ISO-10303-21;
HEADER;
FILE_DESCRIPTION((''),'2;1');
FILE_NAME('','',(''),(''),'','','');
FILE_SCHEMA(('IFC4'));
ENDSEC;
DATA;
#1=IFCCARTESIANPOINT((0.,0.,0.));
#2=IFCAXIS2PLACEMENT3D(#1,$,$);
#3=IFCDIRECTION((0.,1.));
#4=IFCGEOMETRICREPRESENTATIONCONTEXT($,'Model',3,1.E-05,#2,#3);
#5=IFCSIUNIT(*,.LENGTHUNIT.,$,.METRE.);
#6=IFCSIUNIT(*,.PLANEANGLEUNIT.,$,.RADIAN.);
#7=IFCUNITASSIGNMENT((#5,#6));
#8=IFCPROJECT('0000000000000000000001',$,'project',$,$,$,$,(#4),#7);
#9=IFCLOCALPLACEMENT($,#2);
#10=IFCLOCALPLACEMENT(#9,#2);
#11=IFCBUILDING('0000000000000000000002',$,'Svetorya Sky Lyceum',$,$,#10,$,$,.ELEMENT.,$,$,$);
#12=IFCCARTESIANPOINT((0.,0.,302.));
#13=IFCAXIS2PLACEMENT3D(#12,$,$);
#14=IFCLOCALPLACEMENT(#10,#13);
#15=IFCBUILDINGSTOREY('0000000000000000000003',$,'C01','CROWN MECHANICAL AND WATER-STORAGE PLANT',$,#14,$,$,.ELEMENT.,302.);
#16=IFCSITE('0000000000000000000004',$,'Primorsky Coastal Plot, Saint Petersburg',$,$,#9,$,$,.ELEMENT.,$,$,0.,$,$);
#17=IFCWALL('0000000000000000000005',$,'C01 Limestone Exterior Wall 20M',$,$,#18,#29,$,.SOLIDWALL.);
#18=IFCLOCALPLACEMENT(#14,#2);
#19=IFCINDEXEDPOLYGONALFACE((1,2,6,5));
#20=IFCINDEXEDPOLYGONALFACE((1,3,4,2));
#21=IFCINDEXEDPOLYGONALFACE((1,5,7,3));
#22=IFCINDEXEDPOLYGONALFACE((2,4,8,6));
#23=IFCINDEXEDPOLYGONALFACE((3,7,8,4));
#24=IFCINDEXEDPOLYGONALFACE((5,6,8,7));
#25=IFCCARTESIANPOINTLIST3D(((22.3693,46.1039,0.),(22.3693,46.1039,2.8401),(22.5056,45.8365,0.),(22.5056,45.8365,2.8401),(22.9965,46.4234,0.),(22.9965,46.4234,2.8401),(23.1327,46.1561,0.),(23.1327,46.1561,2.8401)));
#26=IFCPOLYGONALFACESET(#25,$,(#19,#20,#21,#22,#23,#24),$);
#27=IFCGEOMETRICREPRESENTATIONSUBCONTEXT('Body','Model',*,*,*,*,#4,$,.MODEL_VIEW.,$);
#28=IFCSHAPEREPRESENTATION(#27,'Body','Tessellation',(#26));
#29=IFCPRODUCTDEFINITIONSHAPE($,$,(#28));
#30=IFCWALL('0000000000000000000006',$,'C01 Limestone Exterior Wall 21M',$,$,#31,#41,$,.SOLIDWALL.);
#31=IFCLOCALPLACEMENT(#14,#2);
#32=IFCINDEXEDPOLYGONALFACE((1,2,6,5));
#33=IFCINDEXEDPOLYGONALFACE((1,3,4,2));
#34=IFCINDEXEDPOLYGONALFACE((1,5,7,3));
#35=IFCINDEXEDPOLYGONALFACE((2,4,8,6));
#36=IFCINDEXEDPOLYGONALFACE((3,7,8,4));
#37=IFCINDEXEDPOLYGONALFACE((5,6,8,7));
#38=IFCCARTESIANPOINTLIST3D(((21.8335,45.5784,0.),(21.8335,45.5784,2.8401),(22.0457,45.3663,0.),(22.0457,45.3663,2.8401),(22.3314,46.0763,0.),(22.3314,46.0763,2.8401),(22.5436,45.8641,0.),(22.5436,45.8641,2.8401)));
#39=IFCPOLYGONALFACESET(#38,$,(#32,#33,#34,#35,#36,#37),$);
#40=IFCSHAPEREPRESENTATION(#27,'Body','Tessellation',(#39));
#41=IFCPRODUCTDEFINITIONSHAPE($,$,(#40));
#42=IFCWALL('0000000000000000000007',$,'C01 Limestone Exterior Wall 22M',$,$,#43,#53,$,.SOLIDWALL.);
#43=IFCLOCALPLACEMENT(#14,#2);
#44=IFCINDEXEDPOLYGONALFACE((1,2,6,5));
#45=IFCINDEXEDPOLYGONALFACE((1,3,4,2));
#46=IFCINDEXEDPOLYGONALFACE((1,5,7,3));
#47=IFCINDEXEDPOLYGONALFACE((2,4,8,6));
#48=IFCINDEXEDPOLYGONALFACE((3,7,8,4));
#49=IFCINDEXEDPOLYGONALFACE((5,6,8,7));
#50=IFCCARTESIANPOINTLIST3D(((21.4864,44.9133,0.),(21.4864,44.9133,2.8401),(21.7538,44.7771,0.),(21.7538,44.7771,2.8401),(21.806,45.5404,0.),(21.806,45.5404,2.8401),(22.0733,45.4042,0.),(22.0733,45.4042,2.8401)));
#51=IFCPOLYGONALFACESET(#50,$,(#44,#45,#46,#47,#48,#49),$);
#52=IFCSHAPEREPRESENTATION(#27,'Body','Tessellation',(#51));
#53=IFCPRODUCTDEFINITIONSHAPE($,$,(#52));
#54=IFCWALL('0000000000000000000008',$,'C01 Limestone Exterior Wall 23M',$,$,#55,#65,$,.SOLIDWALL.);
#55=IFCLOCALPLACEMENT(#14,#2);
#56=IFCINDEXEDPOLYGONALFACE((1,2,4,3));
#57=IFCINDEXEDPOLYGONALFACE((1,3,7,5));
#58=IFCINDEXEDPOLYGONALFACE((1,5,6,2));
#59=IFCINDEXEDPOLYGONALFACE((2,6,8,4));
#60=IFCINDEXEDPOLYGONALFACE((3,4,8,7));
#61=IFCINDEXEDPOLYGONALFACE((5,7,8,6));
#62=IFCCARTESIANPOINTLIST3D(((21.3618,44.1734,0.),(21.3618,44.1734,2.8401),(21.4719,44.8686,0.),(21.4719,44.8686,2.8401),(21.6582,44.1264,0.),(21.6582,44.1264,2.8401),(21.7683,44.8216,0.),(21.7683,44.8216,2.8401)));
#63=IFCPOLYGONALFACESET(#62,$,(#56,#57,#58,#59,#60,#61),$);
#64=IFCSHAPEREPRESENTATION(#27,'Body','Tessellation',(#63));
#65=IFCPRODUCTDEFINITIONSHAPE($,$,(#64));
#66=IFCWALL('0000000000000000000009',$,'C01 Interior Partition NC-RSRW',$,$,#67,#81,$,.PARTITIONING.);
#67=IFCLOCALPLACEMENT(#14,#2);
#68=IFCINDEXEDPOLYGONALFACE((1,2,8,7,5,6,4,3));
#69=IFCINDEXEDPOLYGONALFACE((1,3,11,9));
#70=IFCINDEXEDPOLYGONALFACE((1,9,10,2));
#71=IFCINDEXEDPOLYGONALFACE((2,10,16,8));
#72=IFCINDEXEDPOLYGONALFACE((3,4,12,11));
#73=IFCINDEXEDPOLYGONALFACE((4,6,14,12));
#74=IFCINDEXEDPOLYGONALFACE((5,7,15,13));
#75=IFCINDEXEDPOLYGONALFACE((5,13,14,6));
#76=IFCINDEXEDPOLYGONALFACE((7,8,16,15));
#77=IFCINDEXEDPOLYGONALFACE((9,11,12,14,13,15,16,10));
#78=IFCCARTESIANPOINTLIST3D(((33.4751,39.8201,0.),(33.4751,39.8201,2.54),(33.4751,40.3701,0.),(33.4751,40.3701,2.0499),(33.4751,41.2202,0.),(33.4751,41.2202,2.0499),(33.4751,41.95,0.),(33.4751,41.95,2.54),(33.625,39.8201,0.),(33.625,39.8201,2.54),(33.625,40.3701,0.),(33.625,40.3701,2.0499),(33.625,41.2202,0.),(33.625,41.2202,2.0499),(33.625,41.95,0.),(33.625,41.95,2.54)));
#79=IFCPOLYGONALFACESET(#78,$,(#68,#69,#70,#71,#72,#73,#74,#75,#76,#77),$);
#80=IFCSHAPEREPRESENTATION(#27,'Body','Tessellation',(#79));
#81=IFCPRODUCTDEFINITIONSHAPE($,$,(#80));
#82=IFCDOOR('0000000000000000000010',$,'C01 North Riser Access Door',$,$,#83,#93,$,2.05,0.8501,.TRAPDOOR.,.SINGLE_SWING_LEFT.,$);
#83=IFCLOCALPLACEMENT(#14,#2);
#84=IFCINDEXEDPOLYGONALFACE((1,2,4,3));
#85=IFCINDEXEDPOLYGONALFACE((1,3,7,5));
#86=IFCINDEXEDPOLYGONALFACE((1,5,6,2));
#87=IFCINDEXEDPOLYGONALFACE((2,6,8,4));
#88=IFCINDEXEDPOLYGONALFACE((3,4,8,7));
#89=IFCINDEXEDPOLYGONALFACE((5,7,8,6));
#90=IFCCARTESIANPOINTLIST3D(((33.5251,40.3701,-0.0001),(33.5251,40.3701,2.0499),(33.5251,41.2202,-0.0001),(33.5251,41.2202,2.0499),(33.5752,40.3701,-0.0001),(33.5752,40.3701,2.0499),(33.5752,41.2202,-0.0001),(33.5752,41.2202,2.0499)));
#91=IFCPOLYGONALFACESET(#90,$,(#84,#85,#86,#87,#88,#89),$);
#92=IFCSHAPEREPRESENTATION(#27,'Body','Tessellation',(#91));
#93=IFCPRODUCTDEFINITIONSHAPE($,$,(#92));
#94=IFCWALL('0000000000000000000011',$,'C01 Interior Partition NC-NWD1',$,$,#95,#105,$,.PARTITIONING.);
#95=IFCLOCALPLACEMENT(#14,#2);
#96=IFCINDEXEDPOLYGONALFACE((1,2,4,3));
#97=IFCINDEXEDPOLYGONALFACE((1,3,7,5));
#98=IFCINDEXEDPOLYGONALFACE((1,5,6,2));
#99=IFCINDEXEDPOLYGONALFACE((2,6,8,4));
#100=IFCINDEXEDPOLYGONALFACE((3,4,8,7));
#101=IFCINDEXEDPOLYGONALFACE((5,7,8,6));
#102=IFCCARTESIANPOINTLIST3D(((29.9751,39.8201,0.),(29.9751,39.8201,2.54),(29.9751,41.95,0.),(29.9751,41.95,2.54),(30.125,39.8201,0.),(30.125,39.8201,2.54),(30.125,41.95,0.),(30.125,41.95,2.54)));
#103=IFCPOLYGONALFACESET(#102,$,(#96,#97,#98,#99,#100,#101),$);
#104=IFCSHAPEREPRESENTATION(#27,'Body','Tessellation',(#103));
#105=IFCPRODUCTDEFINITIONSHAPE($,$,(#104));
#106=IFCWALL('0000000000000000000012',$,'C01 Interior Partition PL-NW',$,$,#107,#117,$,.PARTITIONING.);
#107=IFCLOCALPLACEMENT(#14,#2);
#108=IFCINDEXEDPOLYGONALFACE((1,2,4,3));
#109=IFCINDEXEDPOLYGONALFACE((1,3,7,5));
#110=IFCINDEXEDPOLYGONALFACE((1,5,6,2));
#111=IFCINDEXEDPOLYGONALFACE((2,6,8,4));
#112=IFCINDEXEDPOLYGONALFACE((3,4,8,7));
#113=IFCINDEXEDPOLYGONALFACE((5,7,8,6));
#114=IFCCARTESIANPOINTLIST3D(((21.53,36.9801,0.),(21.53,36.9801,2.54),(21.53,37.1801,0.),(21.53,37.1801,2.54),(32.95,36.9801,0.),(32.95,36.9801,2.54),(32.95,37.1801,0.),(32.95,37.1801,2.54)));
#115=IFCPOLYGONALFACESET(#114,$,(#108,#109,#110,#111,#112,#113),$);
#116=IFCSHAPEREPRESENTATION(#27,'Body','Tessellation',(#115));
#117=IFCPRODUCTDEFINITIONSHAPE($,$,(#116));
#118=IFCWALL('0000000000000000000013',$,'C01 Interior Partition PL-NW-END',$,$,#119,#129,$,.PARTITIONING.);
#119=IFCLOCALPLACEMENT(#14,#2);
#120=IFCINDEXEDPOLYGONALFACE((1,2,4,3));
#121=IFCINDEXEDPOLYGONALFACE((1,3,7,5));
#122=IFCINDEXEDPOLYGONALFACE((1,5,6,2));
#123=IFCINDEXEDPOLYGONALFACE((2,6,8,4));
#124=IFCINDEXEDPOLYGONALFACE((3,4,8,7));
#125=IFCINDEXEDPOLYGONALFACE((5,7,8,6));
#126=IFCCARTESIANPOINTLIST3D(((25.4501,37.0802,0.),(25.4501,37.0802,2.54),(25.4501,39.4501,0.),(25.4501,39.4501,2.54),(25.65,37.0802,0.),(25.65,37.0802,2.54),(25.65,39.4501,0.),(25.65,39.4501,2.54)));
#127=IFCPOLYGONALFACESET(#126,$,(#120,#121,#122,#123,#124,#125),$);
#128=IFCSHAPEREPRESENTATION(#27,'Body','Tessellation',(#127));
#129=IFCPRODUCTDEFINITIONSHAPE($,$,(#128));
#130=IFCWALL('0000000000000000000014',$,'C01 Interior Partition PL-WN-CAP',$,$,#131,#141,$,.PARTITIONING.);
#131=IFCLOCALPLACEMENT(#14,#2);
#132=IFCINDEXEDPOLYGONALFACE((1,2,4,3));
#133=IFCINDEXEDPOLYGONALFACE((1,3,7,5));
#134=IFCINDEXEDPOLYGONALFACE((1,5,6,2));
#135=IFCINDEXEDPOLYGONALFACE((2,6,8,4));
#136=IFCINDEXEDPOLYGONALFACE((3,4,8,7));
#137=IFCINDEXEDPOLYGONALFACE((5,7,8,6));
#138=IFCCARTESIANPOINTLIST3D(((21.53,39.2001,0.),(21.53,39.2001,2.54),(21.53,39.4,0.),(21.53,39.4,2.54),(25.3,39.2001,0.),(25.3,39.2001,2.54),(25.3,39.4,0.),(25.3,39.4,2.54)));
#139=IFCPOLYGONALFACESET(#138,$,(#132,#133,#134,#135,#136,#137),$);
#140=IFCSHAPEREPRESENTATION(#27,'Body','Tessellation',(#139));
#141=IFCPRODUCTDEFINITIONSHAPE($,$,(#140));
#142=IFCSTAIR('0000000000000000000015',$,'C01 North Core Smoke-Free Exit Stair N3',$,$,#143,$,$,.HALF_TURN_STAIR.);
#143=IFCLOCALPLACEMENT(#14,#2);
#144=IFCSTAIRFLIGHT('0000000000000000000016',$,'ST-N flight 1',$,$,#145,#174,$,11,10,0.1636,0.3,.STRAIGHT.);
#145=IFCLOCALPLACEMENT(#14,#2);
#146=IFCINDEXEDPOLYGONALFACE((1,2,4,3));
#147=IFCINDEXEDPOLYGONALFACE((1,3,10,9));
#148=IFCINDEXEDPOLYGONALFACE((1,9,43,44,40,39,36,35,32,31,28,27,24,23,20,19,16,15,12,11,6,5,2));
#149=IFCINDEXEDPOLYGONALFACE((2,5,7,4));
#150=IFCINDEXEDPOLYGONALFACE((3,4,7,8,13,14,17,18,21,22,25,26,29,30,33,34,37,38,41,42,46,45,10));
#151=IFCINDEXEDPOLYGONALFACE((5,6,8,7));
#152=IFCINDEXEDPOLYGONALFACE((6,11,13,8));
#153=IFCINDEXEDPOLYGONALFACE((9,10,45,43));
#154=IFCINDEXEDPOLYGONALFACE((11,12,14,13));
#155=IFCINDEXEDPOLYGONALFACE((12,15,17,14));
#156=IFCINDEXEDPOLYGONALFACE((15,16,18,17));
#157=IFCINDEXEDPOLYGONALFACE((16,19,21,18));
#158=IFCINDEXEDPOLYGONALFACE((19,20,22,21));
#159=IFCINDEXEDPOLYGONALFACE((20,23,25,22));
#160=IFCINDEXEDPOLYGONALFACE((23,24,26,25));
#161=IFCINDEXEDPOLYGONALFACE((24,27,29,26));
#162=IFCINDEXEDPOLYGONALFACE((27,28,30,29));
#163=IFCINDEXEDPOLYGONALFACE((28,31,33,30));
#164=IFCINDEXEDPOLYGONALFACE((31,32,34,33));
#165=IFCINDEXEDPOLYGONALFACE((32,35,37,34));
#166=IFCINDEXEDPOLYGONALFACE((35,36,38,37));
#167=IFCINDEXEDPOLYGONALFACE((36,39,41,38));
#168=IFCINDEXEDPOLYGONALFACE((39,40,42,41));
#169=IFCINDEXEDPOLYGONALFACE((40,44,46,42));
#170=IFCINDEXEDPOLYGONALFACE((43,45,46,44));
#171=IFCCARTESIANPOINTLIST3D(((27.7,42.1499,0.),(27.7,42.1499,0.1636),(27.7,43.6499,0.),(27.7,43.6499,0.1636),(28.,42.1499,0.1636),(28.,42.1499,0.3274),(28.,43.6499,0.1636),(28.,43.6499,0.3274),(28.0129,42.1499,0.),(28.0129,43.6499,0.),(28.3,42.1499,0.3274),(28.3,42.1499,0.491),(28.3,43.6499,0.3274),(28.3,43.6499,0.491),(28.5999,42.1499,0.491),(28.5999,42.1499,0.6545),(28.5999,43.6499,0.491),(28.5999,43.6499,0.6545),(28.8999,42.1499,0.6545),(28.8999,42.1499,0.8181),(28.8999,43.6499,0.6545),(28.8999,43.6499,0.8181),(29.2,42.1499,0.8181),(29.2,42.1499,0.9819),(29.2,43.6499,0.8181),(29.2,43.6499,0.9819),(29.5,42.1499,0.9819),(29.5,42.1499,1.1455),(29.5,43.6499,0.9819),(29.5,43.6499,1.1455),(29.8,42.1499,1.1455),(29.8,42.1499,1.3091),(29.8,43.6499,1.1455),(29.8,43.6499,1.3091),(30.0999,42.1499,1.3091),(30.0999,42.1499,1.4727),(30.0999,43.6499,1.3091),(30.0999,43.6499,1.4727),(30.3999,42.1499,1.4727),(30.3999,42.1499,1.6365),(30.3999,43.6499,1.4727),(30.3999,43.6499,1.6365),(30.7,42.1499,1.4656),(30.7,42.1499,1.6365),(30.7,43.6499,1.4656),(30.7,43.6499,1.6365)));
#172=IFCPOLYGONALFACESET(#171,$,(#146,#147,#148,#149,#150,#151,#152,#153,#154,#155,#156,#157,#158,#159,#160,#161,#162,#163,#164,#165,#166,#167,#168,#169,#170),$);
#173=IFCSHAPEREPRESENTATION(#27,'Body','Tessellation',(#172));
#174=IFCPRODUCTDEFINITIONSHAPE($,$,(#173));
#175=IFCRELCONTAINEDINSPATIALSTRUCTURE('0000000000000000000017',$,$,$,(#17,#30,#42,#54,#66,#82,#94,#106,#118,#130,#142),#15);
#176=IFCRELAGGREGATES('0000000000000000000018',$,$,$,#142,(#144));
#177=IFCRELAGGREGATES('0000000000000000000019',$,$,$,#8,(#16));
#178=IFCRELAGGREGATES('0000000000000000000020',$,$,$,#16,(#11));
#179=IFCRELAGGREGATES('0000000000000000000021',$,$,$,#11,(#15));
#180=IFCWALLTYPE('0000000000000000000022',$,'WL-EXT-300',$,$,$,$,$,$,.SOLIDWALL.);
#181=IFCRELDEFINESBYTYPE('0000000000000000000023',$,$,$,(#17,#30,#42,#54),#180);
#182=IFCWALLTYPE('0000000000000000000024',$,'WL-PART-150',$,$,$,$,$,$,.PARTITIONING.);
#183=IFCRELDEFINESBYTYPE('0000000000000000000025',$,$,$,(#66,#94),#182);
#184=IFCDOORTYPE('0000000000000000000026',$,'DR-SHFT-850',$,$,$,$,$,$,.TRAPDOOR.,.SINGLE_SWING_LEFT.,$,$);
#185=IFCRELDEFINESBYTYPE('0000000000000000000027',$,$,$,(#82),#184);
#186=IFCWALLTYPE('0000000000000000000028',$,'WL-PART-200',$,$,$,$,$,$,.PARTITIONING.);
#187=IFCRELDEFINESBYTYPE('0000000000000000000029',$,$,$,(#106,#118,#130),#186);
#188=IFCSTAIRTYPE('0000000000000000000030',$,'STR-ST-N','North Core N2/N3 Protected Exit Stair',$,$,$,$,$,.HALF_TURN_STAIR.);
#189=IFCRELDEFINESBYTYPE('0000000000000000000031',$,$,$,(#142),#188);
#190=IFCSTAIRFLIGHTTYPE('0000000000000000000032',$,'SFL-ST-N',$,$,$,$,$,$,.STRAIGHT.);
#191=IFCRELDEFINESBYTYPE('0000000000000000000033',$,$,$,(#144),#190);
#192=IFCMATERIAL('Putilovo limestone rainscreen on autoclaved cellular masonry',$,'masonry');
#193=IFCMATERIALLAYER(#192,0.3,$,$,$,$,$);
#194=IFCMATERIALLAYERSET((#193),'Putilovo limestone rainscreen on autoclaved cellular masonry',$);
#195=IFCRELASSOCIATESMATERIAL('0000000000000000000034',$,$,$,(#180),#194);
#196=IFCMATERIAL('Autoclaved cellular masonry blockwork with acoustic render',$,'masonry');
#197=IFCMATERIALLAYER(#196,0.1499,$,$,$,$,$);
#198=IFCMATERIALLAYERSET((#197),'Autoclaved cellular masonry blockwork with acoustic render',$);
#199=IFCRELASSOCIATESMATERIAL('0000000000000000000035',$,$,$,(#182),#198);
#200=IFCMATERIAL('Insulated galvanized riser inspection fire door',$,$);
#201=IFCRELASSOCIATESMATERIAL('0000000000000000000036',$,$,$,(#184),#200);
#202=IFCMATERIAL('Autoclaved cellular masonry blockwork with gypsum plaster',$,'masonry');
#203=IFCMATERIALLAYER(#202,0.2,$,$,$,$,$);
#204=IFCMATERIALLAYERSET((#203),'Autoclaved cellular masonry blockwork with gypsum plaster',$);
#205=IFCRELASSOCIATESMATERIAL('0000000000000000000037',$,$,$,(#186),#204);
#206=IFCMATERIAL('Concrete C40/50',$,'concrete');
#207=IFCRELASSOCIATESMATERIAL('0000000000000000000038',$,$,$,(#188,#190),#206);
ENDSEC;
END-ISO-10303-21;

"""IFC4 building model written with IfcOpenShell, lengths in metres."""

from ifc_helpers import new_model, si_unit, direction, frame, frame_2d, origin, place, context, subcontext, project, spatial, polyline, rectangle, outline, extrude, material, layer, layer_set, type_object, element, fill, aggregate, save


model = new_model("IFC4")

# Units and contexts
model_context = context("Model", 3, precision=1e-05, world=origin(), true_north=direction((0.0, 1.0)))
body_context = subcontext(model_context, "Body", "Model", "MODEL_VIEW")
ifc_project = project(units=[si_unit("LENGTHUNIT", "METRE"), si_unit("PLANEANGLEUNIT", "RADIAN")], contexts=[model_context])

# Site, building, storey
site_placement = place(None, origin())
site = spatial("IfcSite", under=ifc_project, at=site_placement, Name="Primorsky Coastal Plot, Saint Petersburg", CompositionType="ELEMENT", RefElevation=0.0)
building_placement = place(site_placement, origin())
building = spatial("IfcBuilding", under=site, at=building_placement, Name="Svetorya Sky Lyceum", CompositionType="ELEMENT")
storey_placement = place(building_placement, frame((0.0, 0.0, 302.0)))
storey = spatial("IfcBuildingStorey", under=building, at=storey_placement, Name="C01", Description="CROWN MECHANICAL AND WATER-STORAGE PLANT", CompositionType="ELEMENT", Elevation=302.0)

# Shared definitions
ifc_material_1 = material(Name="Concrete C40/50", Category="concrete")

# Walls
ifc_material_2 = material(Name="Putilovo limestone rainscreen on autoclaved cellular masonry", Category="masonry")
ifc_layer_1 = layer(ifc_material_2, 0.3)
ifc_layer_set_1 = layer_set([ifc_layer_1], Name="Putilovo limestone rainscreen on autoclaved cellular masonry")
wall_type_1 = type_object("IfcWallType", Name="WL-EXT-300", PredefinedType="SOLIDWALL", material=ifc_layer_set_1)
for number, where, z_axis, x_axis, name in (
    (1, (23.0647, 46.2898, 0.0), (0.0, 0.0, 1.0), (-0.891002, -0.453999, 0.0), "C01 Limestone Exterior Wall 20M"),
):
    element("IfcWall", number, at=place(storey_placement, frame(where, z_axis=z_axis, x_axis=x_axis)), inside=storey, type_object=wall_type_1, Name=name, PredefinedType="SOLIDWALL", context=body_context, shape_type="SweptSolid", body=[
        extrude(rectangle(XDim=0.7039, YDim=0.3, at=frame_2d((0.3521, 0.0))), origin(), (0.0, 0.0, 1.0), 2.8401),
    ])
wall_1_placement = place(storey_placement, frame((22.4375, 45.9702, 0.0), z_axis=(0.0, 0.0, 1.0), x_axis=(-0.707107, -0.707107, 0.0)))
element("IfcWall", 2, at=wall_1_placement, inside=storey, type_object=wall_type_1, Name="C01 Limestone Exterior Wall 21M", PredefinedType="SOLIDWALL", context=body_context, shape_type="SweptSolid", body=[
    extrude(rectangle(XDim=0.7041, YDim=0.3, at=frame_2d((0.3521, 0.0))), origin(), (0.0, 0.0, 1.0), 2.8401),
])
for number, where, z_axis, x_axis, name in (
    (3, (21.9397, 45.4724, 0.0), (0.0, 0.0, 1.0), (-0.453999, -0.891002, 0.0), "C01 Limestone Exterior Wall 22M"),
    (4, (21.6201, 44.8452, 0.0), (0.0, 0.0, 1.0), (-0.156408, -0.987693, 0.0), "C01 Limestone Exterior Wall 23M"),
):
    element("IfcWall", number, at=place(storey_placement, frame(where, z_axis=z_axis, x_axis=x_axis)), inside=storey, type_object=wall_type_1, Name=name, PredefinedType="SOLIDWALL", context=body_context, shape_type="SweptSolid", body=[
        extrude(rectangle(XDim=0.7039, YDim=0.3, at=frame_2d((0.3521, 0.0))), origin(), (0.0, 0.0, 1.0), 2.8401),
    ])

# Wall, opening, door
ifc_material_3 = material(Name="Autoclaved cellular masonry blockwork with acoustic render", Category="masonry")
ifc_layer_2 = layer(ifc_material_3, 0.1499)
ifc_layer_set_2 = layer_set([ifc_layer_2], Name="Autoclaved cellular masonry blockwork with acoustic render")
wall_type_2 = type_object("IfcWallType", Name="WL-PART-150", PredefinedType="PARTITIONING", material=ifc_layer_set_2)
wall_2_placement = place(storey_placement, frame((33.55, 39.8201, 0.0), z_axis=(0.0, 0.0, 1.0), x_axis=(0.0, 1.0, 0.0)))
wall_2 = element("IfcWall", 5, at=wall_2_placement, inside=storey, type_object=wall_type_2, Name="C01 Interior Partition NC-RSRW", PredefinedType="PARTITIONING", context=body_context, shape_type="SweptSolid", body=[
    extrude(rectangle(XDim=2.1299, YDim=0.1499, at=frame_2d((1.0649, 0.0))), origin(), (0.0, 0.0, 1.0), 2.54),
])
opening_placement = place(wall_2_placement, frame((0.55, 0.0, 0.0)))
opening = element("IfcOpeningElement", 6, at=opening_placement, cuts=wall_2, PredefinedType="OPENING", context=body_context, shape_type="SweptSolid", body=[
    extrude(rectangle(XDim=0.8501, YDim=2.05, at=frame_2d((0.425, 1.0249))), frame((0.0, 0.085, 0.0), z_axis=(0.0, -1.0, 0.0), x_axis=(1.0, 0.0, 0.0)), (0.0, 0.0, 1.0), 0.1699),
])
ifc_material_4 = material(Name="Insulated galvanized riser inspection fire door")
door_type = type_object("IfcDoorType", Name="DR-SHFT-850", OperationType="SINGLE_SWING_LEFT", PredefinedType="TRAPDOOR", material=ifc_material_4)
door_placement = place(opening_placement, origin())
door = element("IfcDoor", 7, at=door_placement, inside=storey, type_object=door_type, Name="C01 North Riser Access Door", OperationType="SINGLE_SWING_LEFT", OverallHeight=2.05, OverallWidth=0.8501, PredefinedType="TRAPDOOR", context=body_context, shape_type="SweptSolid", body=[
    extrude(rectangle(XDim=0.8501, YDim=2.05, at=frame_2d((0.425, 1.0249))), frame((0.0, 0.0249, 0.0), z_axis=(0.0, -1.0, 0.0), x_axis=(1.0, 0.0, 0.0)), (0.0, 0.0, 1.0), 0.05),
])
fill(opening, door)

# Walls
wall_3_placement = place(storey_placement, frame((30.05, 39.8201, 0.0), z_axis=(0.0, 0.0, 1.0), x_axis=(0.0, 1.0, 0.0)))
element("IfcWall", 8, at=wall_3_placement, inside=storey, type_object=wall_type_2, Name="C01 Interior Partition NC-NWD1", PredefinedType="PARTITIONING", context=body_context, shape_type="SweptSolid", body=[
    extrude(rectangle(XDim=2.1299, YDim=0.1499, at=frame_2d((1.0649, 0.0))), origin(), (0.0, 0.0, 1.0), 2.54),
])
ifc_material_5 = material(Name="Autoclaved cellular masonry blockwork with gypsum plaster", Category="masonry")
ifc_layer_3 = layer(ifc_material_5, 0.2)
ifc_layer_set_3 = layer_set([ifc_layer_3], Name="Autoclaved cellular masonry blockwork with gypsum plaster")
wall_type_3 = type_object("IfcWallType", Name="WL-PART-200", PredefinedType="PARTITIONING", material=ifc_layer_set_3)
wall_4_placement = place(storey_placement, frame((21.53, 37.0801, 0.0), z_axis=(0.0, 0.0, 1.0), x_axis=(1.0, 0.0, 0.0)))
element("IfcWall", 9, at=wall_4_placement, inside=storey, type_object=wall_type_3, Name="C01 Interior Partition PL-NW", PredefinedType="PARTITIONING", context=body_context, shape_type="SweptSolid", body=[
    extrude(rectangle(XDim=11.4199, YDim=0.2, at=frame_2d((5.71, 0.0))), origin(), (0.0, 0.0, 1.0), 2.54),
])
wall_5_placement = place(storey_placement, frame((25.55, 37.0801, 0.0), z_axis=(0.0, 0.0, 1.0), x_axis=(0.0, 1.0, 0.0)))
element("IfcWall", 10, at=wall_5_placement, inside=storey, type_object=wall_type_3, Name="C01 Interior Partition PL-NW-END", PredefinedType="PARTITIONING", context=body_context, shape_type="SweptSolid", body=[
    extrude(rectangle(XDim=2.3699, YDim=0.2, at=frame_2d((1.1851, 0.0))), origin(), (0.0, 0.0, 1.0), 2.54),
])
wall_6_placement = place(storey_placement, frame((21.53, 39.3, 0.0), z_axis=(0.0, 0.0, 1.0), x_axis=(1.0, 0.0, 0.0)))
element("IfcWall", 11, at=wall_6_placement, inside=storey, type_object=wall_type_3, Name="C01 Interior Partition PL-WN-CAP", PredefinedType="PARTITIONING", context=body_context, shape_type="SweptSolid", body=[
    extrude(rectangle(XDim=3.77, YDim=0.2, at=frame_2d((1.885, 0.0))), origin(), (0.0, 0.0, 1.0), 2.54),
])

# Stair, stair flight
stair_type = type_object("IfcStairType", Name="STR-ST-N", Description="North Core N2/N3 Protected Exit Stair", PredefinedType="HALF_TURN_STAIR", material=ifc_material_1)
stair_placement = place(storey_placement, origin())
stair = element("IfcStair", 12, at=stair_placement, inside=storey, type_object=stair_type, Name="C01 North Core Smoke-Free Exit Stair N3", PredefinedType="HALF_TURN_STAIR")
stair_flight_type = type_object("IfcStairFlightType", Name="SFL-ST-N", PredefinedType="STRAIGHT", material=ifc_material_1)
stair_flight_1_placement = place(storey_placement, frame((27.7, 42.8999, 0.0), z_axis=(0.0, 0.0, 1.0), x_axis=(1.0, 0.0, 0.0)))
stair_flight_1 = element("IfcStairFlight", 13, at=stair_flight_1_placement, type_object=stair_flight_type, Name="ST-N flight 1", NumberOfRisers=11, NumberOfTreads=10, PredefinedType="STRAIGHT", RiserHeight=0.1636, TreadLength=0.3, context=body_context, shape_type="SweptSolid", body=[
    extrude(outline(polyline([(0.0, 0.0), (0.0, 0.1636), (0.3, 0.1636), (0.3, 0.3274), (0.6001, 0.3274), (0.6001, 0.491), (0.8999, 0.491), (0.8999, 0.6545), (1.2, 0.6545), (1.2, 0.8181), (1.5, 0.8181), (1.5, 0.9819), (1.8, 0.9819), (1.8, 1.1455), (2.1001, 1.1455), (2.1001, 1.3091), (2.3999, 1.3091), (2.3999, 1.4727), (2.7, 1.4727), (2.7, 1.6365), (3.0, 1.6365), (3.0, 1.8), (3.0, 1.4656), (0.313, 0.0), (0.0, 0.0)])), frame((0.0, 0.75, 0.0), z_axis=(0.0, -1.0, 0.0), x_axis=(1.0, 0.0, 0.0)), (0.0, 0.0, 1.0), 1.5),
])
aggregate(stair, [stair_flight_1])

save(model, "model.ifc")
